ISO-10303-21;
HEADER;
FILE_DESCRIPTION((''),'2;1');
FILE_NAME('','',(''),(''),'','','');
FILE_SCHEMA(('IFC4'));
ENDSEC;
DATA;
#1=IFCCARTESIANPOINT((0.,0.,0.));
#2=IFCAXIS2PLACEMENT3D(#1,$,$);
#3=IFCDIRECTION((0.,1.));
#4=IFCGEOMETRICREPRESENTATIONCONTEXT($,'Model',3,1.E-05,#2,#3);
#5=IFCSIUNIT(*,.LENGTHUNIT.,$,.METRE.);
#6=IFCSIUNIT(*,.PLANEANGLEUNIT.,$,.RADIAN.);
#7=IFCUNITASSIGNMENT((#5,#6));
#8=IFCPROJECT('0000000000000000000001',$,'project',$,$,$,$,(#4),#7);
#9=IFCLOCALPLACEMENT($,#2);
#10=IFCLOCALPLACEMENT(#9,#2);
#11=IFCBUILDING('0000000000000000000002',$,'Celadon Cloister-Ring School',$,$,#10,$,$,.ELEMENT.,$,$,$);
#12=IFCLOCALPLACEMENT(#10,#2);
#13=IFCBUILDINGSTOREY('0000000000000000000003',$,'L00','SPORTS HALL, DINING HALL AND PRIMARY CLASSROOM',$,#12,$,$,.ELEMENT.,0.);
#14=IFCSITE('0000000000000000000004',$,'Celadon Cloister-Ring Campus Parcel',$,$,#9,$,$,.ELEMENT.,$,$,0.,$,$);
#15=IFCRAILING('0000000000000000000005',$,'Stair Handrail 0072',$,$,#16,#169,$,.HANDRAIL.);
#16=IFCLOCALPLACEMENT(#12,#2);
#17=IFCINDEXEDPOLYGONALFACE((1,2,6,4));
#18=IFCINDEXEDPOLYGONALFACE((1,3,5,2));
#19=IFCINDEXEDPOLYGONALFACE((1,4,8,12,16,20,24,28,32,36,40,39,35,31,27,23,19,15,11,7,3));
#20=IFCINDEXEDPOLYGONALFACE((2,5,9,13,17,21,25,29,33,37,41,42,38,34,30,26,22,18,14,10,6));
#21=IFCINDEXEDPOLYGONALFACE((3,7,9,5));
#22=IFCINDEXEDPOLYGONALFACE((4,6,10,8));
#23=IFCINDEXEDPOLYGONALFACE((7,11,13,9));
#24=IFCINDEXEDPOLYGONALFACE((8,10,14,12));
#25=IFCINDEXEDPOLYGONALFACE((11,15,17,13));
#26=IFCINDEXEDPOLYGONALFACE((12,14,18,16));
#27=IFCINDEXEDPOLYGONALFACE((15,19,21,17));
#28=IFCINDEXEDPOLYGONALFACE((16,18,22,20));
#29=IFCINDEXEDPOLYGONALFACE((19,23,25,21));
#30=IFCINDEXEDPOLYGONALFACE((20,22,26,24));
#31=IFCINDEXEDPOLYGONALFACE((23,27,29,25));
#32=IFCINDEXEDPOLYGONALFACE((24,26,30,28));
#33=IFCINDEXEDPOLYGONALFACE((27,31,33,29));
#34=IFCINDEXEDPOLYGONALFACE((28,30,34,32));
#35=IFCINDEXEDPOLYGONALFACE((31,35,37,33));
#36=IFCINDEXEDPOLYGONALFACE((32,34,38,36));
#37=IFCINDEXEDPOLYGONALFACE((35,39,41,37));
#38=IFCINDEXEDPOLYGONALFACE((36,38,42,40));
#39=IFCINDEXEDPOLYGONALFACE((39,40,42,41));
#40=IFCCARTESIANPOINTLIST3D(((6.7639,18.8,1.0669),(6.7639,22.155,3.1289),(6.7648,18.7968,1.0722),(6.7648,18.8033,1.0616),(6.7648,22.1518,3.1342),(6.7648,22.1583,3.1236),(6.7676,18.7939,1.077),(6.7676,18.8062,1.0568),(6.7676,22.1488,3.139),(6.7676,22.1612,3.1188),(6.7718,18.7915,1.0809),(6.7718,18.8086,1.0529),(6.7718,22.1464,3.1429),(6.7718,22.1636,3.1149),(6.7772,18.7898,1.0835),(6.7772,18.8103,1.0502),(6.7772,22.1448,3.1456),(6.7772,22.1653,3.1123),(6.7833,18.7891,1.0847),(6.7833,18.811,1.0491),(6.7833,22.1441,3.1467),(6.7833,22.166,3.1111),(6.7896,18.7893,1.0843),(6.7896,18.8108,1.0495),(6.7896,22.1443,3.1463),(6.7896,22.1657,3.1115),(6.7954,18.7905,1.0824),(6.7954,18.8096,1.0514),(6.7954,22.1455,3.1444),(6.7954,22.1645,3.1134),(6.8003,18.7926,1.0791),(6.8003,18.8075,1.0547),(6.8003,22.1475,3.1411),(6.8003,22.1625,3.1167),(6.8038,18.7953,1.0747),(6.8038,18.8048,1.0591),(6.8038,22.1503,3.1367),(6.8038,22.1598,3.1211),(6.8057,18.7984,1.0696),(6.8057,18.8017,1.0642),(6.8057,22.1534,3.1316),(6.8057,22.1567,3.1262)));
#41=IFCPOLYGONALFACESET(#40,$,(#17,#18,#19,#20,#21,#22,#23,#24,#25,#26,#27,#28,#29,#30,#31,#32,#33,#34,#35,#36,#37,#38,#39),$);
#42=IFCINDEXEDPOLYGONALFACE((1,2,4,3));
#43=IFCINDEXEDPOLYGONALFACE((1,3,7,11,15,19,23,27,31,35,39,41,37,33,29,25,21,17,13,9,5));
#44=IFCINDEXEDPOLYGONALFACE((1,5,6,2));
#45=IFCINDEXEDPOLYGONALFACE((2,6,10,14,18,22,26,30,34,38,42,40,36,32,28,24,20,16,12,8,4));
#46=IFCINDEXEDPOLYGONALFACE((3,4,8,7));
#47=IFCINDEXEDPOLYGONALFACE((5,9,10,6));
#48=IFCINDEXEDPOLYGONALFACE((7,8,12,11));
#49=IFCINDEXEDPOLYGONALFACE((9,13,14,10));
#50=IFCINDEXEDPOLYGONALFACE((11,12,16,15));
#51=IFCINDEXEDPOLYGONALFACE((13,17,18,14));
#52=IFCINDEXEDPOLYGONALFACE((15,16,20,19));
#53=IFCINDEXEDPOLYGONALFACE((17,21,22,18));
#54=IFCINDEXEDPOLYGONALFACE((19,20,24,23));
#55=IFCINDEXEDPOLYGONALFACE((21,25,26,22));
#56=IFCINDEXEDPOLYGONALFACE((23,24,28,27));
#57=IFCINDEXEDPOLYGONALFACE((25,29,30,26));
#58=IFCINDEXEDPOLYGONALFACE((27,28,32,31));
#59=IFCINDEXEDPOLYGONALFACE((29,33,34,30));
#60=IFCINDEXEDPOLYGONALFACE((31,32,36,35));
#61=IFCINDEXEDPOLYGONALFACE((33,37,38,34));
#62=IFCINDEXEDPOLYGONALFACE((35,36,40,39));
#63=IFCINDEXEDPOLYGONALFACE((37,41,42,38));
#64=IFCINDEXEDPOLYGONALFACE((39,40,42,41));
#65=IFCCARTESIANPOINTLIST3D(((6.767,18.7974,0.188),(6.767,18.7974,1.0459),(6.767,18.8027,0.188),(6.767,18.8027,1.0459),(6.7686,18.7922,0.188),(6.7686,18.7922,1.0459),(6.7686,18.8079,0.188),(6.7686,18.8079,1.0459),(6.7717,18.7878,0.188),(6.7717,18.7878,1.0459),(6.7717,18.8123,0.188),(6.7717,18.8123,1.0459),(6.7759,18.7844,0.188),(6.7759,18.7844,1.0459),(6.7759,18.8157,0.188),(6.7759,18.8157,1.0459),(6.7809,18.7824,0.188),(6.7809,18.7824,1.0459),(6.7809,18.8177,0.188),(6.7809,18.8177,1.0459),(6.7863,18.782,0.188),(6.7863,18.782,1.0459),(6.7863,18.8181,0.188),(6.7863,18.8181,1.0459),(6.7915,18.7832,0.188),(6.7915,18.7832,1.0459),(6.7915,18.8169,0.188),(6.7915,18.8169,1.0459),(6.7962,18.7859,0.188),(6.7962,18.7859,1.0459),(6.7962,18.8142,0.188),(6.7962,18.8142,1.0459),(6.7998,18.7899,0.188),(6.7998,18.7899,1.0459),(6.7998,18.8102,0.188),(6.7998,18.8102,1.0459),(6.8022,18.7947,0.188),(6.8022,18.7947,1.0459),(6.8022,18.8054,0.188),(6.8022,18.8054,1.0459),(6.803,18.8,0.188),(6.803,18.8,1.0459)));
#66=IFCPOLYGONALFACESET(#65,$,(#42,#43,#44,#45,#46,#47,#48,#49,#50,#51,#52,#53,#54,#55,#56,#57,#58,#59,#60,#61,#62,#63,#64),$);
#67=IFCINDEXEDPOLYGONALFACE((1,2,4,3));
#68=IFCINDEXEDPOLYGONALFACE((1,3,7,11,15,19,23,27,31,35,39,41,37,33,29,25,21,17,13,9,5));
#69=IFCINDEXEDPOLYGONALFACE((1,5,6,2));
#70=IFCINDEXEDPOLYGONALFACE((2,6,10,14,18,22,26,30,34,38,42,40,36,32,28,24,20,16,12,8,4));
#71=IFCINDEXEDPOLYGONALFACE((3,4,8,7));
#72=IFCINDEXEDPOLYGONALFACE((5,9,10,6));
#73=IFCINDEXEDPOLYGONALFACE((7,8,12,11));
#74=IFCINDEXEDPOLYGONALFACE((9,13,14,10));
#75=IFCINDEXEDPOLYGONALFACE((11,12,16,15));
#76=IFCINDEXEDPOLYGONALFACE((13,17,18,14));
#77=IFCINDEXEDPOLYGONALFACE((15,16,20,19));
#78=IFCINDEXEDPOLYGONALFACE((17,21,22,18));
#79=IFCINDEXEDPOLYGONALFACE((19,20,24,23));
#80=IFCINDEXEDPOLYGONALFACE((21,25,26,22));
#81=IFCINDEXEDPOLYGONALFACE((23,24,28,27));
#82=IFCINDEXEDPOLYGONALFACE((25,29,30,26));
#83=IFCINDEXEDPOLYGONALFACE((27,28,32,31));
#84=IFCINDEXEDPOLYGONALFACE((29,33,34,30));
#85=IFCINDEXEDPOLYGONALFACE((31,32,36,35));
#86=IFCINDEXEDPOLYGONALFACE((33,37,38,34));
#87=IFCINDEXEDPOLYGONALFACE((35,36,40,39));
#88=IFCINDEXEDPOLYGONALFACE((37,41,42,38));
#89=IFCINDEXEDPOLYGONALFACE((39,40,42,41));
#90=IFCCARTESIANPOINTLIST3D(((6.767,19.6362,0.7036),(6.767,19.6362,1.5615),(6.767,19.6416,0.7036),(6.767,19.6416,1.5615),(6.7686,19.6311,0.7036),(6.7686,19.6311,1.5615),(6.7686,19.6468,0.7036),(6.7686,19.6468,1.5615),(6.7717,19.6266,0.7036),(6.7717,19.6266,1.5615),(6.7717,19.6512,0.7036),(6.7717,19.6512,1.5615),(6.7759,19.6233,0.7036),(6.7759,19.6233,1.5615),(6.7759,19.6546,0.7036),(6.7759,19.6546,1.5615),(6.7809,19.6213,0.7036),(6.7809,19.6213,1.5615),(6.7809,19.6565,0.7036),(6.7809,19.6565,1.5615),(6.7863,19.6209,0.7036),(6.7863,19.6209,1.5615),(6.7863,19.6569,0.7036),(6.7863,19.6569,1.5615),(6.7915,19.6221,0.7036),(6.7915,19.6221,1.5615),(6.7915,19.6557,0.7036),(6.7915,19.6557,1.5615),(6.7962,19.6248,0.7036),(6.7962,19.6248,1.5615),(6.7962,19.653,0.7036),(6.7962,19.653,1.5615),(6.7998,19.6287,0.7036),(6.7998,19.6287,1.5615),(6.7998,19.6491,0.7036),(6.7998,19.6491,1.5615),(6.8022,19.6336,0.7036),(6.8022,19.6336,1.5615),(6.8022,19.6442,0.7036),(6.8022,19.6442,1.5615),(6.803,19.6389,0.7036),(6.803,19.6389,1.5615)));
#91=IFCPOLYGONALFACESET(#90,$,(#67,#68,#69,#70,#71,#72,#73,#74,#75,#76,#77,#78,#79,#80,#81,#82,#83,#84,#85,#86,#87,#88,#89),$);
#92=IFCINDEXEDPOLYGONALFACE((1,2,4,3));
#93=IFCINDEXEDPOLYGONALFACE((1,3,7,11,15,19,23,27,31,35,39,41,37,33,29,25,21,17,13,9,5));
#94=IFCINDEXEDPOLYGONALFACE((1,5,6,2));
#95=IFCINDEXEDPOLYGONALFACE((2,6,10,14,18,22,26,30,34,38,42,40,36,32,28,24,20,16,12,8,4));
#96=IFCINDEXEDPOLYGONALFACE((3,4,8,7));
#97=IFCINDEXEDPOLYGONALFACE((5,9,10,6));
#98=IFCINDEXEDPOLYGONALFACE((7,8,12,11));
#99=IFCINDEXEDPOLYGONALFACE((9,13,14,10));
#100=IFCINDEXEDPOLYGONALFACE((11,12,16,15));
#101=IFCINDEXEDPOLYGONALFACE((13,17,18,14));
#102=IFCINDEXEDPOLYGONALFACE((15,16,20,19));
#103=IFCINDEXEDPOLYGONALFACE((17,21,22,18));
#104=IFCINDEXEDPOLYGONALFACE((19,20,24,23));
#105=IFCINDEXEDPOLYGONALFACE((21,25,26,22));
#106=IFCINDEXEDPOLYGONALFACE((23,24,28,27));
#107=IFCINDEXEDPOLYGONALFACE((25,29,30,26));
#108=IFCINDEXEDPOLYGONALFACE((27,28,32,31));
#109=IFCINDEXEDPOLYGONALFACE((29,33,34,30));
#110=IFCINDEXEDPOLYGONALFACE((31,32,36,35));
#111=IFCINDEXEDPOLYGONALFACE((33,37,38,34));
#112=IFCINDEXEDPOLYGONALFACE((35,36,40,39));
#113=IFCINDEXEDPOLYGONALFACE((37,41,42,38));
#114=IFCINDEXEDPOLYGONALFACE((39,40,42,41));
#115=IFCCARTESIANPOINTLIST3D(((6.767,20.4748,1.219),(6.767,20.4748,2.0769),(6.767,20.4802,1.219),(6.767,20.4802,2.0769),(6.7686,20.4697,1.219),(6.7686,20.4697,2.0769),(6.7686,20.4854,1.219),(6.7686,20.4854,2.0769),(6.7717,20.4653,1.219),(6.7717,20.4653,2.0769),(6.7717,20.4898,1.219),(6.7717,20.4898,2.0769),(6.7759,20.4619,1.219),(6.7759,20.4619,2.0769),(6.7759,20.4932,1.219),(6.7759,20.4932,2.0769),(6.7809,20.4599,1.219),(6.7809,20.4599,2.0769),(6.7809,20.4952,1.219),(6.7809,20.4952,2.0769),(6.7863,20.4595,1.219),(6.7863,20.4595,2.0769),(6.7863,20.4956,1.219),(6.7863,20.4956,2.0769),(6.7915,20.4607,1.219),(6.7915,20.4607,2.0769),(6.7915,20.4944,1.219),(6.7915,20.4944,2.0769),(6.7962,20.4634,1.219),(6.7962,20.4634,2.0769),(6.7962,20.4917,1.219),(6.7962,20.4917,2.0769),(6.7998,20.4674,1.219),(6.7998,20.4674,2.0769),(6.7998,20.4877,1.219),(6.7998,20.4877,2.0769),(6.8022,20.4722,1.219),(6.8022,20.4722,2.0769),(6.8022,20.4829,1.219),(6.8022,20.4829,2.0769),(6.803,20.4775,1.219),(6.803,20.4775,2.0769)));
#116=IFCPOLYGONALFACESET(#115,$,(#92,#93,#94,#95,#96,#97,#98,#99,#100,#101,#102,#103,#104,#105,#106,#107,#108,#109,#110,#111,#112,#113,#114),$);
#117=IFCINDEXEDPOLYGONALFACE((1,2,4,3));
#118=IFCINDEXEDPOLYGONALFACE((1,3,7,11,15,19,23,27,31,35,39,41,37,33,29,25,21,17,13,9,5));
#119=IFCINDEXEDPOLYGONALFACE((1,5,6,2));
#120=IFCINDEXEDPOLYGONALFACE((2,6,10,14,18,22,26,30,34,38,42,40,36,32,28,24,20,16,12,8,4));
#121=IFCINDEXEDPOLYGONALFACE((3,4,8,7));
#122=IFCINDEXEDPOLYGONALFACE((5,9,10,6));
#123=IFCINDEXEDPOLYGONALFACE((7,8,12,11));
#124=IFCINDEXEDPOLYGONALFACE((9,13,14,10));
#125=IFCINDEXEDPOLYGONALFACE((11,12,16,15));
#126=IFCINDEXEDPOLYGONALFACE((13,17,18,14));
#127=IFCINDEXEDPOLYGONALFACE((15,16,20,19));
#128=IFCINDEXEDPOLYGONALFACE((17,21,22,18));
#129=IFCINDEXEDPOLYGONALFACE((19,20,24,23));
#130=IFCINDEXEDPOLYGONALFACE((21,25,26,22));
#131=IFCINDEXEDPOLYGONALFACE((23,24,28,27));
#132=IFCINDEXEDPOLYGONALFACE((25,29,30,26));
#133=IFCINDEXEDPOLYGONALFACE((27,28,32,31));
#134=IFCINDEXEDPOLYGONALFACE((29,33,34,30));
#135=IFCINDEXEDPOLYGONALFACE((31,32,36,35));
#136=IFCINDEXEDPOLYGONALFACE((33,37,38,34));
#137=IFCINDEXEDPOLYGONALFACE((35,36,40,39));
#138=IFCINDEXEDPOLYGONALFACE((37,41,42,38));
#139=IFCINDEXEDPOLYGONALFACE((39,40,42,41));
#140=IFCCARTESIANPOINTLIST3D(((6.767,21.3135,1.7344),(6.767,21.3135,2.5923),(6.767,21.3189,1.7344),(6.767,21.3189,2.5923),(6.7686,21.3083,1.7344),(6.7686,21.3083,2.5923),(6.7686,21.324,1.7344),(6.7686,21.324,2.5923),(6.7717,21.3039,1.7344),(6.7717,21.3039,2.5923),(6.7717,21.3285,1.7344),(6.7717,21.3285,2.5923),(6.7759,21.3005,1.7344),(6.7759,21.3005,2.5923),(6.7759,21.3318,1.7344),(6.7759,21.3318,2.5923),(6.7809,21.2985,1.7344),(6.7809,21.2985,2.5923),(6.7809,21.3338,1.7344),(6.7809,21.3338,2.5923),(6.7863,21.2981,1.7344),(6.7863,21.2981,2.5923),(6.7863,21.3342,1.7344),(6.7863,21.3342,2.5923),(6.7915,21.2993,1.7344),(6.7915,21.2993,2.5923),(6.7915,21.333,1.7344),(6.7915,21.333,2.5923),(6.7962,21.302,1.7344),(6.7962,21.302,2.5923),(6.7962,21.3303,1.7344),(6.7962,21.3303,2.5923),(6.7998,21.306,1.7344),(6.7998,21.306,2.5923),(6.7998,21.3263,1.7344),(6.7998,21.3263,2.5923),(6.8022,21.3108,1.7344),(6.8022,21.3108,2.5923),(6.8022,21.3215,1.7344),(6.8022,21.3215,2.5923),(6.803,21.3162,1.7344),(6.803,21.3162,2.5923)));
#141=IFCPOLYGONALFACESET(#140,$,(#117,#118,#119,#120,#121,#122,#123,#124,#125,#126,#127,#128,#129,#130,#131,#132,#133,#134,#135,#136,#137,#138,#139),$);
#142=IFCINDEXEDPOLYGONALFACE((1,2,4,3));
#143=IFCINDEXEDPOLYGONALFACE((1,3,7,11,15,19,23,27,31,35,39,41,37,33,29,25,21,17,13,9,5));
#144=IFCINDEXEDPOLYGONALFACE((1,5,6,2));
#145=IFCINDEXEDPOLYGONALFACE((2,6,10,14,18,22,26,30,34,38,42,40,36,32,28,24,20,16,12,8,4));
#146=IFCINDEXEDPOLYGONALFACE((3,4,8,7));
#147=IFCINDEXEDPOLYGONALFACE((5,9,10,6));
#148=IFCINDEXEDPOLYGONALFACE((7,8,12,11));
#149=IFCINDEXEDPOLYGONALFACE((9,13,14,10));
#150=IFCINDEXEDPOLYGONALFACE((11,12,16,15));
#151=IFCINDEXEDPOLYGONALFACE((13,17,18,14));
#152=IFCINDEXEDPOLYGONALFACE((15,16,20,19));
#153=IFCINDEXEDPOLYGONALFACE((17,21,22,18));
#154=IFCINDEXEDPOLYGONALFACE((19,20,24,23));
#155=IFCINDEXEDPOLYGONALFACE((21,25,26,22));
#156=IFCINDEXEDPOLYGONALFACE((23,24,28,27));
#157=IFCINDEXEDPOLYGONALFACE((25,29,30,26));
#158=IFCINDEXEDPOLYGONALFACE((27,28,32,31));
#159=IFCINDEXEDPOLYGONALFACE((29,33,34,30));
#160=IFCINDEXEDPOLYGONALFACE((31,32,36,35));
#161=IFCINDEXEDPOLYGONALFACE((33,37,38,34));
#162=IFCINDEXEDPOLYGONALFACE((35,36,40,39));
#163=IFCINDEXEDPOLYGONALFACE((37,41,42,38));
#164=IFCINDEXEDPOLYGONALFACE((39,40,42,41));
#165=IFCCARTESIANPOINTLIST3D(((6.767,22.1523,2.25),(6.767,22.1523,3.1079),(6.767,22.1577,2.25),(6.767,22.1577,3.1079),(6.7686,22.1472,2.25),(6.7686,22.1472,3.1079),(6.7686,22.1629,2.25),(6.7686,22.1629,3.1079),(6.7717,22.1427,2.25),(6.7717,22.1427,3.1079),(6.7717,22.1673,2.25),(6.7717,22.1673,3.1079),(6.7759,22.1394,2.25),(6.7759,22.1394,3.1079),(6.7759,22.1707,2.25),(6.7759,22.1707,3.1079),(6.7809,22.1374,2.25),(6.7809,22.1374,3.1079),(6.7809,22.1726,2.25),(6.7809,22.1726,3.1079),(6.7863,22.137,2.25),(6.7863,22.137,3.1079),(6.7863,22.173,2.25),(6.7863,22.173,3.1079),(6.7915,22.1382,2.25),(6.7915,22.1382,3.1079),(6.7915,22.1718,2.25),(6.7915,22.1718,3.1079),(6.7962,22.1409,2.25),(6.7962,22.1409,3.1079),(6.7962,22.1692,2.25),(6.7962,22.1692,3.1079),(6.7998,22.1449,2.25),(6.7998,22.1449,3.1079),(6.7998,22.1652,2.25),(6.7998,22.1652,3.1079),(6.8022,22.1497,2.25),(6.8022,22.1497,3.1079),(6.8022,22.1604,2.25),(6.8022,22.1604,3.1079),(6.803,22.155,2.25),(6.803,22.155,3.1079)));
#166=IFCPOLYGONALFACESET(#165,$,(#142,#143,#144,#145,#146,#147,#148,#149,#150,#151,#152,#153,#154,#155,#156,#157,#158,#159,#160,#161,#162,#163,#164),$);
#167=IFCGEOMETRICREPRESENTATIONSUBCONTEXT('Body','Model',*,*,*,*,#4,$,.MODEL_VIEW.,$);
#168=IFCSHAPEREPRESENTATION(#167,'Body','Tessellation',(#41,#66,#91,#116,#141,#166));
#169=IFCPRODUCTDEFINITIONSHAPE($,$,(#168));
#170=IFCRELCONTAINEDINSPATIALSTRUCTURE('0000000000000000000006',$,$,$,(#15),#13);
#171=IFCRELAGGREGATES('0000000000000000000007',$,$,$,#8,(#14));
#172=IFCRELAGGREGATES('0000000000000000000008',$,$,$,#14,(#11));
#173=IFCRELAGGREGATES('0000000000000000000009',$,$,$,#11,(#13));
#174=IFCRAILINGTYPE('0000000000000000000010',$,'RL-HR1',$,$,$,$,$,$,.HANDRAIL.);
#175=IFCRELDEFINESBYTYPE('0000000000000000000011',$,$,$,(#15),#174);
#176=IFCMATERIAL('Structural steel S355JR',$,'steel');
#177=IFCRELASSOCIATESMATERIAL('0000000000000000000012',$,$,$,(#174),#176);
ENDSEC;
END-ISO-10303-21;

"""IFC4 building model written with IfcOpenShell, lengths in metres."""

from ifc_helpers import new_model, si_unit, direction, frame, origin, origin_2d, place, context, subcontext, project, spatial, circle, extrude, material, type_object, element, save


model = new_model("IFC4")

# Units and contexts
model_context = context("Model", 3, precision=1e-05, world=origin(), true_north=direction((0.0, 1.0)))
body_context = subcontext(model_context, "Body", "Model", "MODEL_VIEW")
ifc_project = project(units=[si_unit("LENGTHUNIT", "METRE"), si_unit("PLANEANGLEUNIT", "RADIAN")], contexts=[model_context])

# Site, building, storey
site_placement = place(None, origin())
site = spatial("IfcSite", under=ifc_project, at=site_placement, Name="Celadon Cloister-Ring Campus Parcel", CompositionType="ELEMENT", RefElevation=0.0)
building_placement = place(site_placement, origin())
building = spatial("IfcBuilding", under=site, at=building_placement, Name="Celadon Cloister-Ring School", CompositionType="ELEMENT")
storey_placement = place(building_placement, origin())
storey = spatial("IfcBuildingStorey", under=building, at=storey_placement, Name="L00", Description="SPORTS HALL, DINING HALL AND PRIMARY CLASSROOM", CompositionType="ELEMENT", Elevation=0.0)

# Railing
ifc_material_1 = material(Name="Structural steel S355JR", Category="steel")
railing_type = type_object("IfcRailingType", Name="RL-HR1", PredefinedType="HANDRAIL", material=ifc_material_1)
for number, where, name in (
    (1, (6.7849, 18.8, 0.188), "Stair Handrail 0072"),
):
    element("IfcRailing", number, at=place(storey_placement, frame(where)), inside=storey, type_object=railing_type, Name=name, PredefinedType="HANDRAIL", context=body_context, shape_type="SweptSolid", body=[
        extrude(circle(Radius=0.021, at=origin_2d()), frame((0.0, 0.0, 0.8789), z_axis=(0.0, 0.851952, 0.52362), x_axis=(-1.0, 0.0, 0.0)), (0.0, 0.0, 1.0), 3.938),
        extrude(circle(Radius=0.0181, at=origin_2d()), origin(), (0.0, 0.0, 1.0), 0.8579),
        extrude(circle(Radius=0.0181, at=origin_2d()), frame((0.0, 0.8389, 0.5156)), (0.0, 0.0, 1.0), 0.8579),
        extrude(circle(Radius=0.0181, at=origin_2d()), frame((0.0, 1.6775, 1.031)), (0.0, 0.0, 1.0), 0.8579),
        extrude(circle(Radius=0.0181, at=origin_2d()), frame((0.0, 2.5161, 1.5464)), (0.0, 0.0, 1.0), 0.8579),
        extrude(circle(Radius=0.0181, at=origin_2d()), frame((0.0, 3.355, 2.062)), (0.0, 0.0, 1.0), 0.8579),
    ])

save(model, "model.ifc")
